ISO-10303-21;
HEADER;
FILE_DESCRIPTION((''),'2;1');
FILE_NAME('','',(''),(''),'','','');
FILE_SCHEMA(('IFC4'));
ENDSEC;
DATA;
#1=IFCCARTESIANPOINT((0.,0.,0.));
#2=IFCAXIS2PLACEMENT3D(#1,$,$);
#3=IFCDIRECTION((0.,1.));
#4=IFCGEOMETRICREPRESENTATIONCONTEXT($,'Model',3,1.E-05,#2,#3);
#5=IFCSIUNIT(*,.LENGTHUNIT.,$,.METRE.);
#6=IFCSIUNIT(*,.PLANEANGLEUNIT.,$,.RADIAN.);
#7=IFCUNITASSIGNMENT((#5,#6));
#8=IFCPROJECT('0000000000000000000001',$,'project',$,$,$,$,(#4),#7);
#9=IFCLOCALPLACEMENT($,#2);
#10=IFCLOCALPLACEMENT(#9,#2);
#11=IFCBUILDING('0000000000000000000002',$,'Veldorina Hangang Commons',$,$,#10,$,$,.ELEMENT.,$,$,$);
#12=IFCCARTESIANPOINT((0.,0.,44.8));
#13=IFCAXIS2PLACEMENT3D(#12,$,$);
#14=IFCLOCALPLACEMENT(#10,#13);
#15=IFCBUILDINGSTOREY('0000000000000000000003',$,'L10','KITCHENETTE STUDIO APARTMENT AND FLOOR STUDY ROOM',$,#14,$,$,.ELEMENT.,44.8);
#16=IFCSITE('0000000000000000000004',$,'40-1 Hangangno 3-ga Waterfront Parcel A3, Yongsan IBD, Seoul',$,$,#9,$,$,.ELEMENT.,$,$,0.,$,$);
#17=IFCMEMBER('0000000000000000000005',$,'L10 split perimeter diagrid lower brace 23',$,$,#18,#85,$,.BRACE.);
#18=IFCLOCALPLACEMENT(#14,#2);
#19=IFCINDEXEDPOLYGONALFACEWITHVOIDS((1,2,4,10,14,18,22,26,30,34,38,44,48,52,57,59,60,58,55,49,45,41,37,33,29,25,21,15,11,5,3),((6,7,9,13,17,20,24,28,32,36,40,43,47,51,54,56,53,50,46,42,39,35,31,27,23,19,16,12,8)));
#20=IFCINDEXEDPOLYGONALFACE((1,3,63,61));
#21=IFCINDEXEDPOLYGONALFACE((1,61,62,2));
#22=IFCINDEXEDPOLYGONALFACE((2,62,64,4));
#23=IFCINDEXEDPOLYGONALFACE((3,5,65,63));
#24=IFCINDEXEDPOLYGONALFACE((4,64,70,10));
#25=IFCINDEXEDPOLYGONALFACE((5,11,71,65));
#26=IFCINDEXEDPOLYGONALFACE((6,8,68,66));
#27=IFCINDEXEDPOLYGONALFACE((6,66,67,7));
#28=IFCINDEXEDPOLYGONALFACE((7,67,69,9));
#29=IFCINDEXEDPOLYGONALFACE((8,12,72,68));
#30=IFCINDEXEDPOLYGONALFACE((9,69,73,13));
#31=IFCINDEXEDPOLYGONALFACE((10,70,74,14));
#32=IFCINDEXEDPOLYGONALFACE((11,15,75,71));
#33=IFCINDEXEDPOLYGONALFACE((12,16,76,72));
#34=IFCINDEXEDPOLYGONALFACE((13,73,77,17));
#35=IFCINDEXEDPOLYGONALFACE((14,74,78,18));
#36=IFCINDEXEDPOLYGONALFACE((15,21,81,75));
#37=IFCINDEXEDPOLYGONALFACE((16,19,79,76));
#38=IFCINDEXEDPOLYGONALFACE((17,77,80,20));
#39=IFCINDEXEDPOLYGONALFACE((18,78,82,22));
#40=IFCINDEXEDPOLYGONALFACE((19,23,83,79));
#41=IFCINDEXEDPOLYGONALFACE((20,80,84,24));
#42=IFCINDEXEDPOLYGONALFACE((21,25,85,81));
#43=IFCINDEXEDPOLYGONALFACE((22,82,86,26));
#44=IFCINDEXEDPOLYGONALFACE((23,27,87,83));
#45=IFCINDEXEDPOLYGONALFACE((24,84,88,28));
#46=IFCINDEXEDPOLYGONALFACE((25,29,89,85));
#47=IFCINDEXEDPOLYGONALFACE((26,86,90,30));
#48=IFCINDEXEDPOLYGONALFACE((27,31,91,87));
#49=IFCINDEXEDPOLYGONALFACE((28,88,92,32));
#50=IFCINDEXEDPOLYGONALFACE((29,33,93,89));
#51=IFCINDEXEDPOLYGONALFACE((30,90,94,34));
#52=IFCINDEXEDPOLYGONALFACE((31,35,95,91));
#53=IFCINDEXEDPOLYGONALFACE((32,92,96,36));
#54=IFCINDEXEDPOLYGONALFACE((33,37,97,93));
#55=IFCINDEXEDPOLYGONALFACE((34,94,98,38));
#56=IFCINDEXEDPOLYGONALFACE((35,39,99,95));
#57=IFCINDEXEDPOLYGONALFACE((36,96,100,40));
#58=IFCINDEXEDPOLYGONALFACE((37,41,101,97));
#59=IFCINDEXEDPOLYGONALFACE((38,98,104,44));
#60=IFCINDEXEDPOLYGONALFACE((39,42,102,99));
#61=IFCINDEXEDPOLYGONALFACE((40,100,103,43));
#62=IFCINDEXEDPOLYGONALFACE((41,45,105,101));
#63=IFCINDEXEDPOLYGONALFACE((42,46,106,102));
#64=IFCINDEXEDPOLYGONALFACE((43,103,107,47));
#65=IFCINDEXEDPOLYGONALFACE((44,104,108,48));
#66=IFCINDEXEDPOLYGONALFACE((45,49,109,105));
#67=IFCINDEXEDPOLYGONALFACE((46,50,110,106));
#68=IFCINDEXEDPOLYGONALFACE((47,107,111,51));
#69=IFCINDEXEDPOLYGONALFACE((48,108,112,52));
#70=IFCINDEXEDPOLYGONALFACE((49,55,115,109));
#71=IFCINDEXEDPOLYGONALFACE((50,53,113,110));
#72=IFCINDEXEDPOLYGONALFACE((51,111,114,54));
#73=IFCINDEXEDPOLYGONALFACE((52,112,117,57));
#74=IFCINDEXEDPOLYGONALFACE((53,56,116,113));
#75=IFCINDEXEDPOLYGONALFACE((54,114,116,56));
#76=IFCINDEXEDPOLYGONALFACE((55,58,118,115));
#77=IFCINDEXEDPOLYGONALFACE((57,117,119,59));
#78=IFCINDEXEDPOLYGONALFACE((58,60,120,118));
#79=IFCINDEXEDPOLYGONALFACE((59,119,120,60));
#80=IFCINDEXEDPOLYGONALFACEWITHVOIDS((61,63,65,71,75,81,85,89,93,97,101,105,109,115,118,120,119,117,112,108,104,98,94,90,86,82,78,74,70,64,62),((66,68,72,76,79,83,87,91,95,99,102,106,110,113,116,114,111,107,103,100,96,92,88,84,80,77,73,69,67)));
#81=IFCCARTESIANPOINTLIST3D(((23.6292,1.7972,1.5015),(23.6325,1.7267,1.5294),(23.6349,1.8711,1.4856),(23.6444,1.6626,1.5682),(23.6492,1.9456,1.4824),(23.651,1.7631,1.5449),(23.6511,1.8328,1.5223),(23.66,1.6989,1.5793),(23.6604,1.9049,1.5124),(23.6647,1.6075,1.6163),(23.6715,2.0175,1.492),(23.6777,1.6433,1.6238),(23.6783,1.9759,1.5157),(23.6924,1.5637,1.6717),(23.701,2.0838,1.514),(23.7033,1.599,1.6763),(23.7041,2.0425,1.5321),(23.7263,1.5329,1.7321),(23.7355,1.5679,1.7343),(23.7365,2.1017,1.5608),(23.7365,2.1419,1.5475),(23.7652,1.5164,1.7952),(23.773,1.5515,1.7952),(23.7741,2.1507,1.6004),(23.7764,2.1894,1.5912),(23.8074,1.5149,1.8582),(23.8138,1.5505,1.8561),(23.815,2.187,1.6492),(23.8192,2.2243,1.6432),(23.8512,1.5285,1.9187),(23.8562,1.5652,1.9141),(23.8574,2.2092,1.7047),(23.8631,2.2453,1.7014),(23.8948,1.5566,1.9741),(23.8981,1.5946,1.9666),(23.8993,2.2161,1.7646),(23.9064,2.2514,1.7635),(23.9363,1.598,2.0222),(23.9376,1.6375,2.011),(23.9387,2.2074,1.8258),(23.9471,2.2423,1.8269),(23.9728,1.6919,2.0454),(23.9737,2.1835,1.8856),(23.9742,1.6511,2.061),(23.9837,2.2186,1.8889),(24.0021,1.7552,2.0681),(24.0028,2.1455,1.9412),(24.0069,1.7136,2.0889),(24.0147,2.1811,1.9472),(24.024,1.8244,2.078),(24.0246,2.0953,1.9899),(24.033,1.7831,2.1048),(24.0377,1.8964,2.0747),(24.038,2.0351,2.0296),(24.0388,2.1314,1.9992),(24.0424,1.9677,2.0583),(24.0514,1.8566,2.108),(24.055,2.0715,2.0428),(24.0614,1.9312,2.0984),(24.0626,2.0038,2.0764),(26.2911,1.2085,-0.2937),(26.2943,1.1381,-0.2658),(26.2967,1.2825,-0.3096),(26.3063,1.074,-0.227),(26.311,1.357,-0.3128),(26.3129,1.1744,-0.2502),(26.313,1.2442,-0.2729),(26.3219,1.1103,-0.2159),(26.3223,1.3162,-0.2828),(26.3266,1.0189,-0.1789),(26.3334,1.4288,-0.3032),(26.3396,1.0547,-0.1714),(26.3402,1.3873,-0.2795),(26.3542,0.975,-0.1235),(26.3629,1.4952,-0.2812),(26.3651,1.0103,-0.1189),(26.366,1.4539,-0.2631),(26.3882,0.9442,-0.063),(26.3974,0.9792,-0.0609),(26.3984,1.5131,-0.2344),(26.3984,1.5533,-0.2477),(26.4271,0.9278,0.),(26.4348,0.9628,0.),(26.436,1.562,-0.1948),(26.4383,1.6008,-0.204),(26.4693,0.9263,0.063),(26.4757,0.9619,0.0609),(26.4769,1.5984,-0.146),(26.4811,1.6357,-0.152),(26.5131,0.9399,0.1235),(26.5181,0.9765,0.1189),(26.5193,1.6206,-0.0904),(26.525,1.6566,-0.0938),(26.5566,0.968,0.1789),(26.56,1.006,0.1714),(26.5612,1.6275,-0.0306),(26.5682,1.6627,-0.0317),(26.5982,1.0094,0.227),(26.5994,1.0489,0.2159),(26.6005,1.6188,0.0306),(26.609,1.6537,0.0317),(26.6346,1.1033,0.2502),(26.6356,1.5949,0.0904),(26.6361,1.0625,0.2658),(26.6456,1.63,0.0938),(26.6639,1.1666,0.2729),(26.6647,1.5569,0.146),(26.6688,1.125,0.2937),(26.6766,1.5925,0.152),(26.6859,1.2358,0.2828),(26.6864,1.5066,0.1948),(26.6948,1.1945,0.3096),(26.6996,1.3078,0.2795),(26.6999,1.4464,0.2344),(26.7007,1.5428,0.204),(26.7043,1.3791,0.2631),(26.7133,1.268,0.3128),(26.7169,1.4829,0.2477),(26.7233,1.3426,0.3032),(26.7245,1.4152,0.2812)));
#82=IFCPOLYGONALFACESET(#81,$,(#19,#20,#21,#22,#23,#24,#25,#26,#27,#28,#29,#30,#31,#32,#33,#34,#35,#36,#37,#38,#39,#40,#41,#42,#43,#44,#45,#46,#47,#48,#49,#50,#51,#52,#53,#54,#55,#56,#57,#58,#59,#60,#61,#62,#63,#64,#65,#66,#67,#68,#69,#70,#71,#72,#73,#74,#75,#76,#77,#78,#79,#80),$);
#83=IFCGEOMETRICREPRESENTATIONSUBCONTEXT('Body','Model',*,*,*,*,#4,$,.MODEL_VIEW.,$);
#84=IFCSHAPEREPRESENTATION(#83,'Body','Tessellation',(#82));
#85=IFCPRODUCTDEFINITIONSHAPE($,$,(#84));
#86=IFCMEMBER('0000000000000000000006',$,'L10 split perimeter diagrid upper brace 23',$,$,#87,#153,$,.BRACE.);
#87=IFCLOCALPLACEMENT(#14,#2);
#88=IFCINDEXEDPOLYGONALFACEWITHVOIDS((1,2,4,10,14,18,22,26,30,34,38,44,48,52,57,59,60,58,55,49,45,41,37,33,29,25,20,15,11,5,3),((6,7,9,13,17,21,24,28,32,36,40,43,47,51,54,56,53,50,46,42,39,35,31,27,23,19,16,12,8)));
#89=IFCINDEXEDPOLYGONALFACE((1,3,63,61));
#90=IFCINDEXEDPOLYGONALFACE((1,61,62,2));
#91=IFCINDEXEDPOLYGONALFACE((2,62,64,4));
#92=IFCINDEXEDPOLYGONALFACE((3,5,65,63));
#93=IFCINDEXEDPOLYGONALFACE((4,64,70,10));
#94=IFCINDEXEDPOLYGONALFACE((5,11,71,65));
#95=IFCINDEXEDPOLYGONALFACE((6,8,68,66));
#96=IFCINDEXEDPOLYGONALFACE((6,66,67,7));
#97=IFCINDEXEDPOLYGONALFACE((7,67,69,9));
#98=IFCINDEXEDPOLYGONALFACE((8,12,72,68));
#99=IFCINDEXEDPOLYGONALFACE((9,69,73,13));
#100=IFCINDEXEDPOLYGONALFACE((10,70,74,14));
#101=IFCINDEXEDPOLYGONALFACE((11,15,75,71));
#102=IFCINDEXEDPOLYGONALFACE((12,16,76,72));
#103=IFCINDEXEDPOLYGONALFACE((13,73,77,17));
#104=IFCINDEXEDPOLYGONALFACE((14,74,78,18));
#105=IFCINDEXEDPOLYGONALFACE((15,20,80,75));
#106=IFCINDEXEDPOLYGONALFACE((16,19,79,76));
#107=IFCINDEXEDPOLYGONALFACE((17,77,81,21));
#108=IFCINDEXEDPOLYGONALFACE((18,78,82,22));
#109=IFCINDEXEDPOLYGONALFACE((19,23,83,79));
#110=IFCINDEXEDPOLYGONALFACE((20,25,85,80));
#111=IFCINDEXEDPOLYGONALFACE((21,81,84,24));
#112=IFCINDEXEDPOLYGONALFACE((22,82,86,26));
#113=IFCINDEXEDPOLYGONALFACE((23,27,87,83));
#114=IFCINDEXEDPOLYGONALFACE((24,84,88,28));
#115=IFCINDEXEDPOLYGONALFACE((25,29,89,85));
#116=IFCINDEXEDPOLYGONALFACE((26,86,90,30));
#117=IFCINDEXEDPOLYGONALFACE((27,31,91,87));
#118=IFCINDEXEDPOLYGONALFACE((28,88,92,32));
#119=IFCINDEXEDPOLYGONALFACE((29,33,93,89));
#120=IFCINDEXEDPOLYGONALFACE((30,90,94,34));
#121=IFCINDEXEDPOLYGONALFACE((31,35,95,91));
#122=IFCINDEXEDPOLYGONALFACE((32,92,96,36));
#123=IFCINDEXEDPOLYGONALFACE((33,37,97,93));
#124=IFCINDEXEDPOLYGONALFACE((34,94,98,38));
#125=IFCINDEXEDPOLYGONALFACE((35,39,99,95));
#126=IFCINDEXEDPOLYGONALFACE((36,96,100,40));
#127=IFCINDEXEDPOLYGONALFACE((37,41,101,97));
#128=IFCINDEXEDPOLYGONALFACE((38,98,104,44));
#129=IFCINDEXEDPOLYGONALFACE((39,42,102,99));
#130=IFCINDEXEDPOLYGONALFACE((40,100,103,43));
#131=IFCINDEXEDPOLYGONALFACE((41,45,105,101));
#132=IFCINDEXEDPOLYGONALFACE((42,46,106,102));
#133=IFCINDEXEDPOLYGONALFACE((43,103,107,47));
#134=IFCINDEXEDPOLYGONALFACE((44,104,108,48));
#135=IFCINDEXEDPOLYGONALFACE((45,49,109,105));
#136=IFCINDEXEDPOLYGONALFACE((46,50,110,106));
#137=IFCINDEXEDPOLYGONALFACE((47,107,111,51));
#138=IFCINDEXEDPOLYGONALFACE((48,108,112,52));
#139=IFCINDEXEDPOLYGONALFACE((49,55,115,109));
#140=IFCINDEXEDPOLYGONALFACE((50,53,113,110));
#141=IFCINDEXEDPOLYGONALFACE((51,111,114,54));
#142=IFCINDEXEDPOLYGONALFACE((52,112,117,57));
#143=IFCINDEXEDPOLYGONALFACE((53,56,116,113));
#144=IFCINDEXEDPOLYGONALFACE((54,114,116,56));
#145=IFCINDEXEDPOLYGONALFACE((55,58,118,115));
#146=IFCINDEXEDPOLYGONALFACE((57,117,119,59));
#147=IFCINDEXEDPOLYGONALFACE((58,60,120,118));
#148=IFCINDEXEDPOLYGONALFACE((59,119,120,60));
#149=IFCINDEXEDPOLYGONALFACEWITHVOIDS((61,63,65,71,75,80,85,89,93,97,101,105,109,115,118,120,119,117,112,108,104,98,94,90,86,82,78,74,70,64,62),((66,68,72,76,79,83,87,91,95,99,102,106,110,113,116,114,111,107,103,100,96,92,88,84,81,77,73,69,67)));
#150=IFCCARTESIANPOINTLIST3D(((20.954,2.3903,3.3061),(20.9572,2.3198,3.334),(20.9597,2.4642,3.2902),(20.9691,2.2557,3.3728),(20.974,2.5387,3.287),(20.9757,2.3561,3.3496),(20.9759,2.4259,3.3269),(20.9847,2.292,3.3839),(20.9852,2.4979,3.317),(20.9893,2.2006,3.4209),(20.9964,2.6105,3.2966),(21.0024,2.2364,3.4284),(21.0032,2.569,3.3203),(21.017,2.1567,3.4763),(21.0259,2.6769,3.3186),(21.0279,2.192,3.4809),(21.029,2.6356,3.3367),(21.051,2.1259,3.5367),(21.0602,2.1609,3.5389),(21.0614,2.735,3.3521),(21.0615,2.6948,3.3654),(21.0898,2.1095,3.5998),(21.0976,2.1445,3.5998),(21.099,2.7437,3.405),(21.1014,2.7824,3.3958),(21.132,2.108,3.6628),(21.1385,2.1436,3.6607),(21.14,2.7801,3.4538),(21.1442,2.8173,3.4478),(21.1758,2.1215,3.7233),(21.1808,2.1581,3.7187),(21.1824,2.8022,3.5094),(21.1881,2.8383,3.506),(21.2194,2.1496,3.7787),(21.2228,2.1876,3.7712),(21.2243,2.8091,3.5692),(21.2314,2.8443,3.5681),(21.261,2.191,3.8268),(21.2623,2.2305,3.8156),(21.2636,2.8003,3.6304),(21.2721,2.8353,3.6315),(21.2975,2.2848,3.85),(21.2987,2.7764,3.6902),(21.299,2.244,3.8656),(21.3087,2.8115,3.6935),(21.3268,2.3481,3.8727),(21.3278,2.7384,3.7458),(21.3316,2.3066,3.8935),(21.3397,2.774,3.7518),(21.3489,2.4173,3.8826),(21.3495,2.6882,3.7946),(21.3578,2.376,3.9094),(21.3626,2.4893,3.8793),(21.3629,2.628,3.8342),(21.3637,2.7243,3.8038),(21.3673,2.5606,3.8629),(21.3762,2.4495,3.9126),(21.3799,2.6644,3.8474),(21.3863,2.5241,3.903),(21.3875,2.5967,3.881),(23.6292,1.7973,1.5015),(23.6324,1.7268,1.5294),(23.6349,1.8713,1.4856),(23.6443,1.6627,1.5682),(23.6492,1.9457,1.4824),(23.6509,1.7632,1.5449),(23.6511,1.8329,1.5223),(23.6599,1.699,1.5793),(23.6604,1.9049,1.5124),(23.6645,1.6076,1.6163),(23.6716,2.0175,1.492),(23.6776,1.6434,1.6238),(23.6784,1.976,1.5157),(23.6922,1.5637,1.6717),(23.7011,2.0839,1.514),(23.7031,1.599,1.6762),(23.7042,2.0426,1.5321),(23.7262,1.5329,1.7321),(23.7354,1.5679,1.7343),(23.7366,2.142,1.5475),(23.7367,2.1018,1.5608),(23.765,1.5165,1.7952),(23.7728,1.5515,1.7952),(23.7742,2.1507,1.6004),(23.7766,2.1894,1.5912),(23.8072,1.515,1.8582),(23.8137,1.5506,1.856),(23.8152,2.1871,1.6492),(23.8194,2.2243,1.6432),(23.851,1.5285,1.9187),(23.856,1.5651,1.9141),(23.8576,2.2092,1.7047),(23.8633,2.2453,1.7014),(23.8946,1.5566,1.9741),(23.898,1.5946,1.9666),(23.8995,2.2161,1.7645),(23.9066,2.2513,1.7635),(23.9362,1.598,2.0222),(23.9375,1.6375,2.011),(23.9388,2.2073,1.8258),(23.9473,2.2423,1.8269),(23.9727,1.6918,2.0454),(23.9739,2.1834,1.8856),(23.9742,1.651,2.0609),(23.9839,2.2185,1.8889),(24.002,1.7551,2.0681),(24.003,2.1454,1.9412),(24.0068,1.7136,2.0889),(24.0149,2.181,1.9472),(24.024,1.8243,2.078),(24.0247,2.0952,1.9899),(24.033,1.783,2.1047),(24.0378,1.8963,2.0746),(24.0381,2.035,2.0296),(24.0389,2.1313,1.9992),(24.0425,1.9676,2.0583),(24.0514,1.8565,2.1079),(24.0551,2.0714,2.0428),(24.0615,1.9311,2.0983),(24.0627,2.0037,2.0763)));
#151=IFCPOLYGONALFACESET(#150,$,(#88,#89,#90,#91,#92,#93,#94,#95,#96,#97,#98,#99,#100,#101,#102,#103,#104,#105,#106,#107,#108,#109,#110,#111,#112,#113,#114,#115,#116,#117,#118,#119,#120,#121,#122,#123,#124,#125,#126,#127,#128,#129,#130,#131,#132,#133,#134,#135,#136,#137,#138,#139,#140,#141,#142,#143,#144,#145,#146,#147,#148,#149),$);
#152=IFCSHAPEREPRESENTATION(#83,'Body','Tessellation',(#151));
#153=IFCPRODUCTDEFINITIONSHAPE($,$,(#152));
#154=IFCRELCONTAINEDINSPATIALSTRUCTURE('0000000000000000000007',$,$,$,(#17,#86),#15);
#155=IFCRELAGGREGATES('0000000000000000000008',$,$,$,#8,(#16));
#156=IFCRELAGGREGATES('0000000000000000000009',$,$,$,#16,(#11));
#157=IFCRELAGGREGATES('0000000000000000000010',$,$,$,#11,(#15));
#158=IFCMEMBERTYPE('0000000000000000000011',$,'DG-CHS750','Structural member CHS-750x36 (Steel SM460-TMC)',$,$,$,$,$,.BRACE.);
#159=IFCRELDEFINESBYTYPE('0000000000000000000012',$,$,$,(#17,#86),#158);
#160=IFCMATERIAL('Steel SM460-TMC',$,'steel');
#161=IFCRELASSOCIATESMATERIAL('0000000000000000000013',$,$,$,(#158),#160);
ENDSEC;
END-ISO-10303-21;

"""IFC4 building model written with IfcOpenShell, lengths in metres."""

from ifc_helpers import new_model, si_unit, direction, frame, origin, origin_2d, place, context, subcontext, project, spatial, hollow_circle, extrude, material, material_profile, profile_set, type_object, element, save


model = new_model("IFC4")

# Units and contexts
model_context = context("Model", 3, precision=1e-05, world=origin(), true_north=direction((0.0, 1.0)))
body_context = subcontext(model_context, "Body", "Model", "MODEL_VIEW")
ifc_project = project(units=[si_unit("LENGTHUNIT", "METRE"), si_unit("PLANEANGLEUNIT", "RADIAN")], contexts=[model_context])

# Site, building, storey
site_placement = place(None, origin())
site = spatial("IfcSite", under=ifc_project, at=site_placement, Name="40-1 Hangangno 3-ga Waterfront Parcel A3, Yongsan IBD, Seoul", CompositionType="ELEMENT", RefElevation=0.0)
building_placement = place(site_placement, origin())
building = spatial("IfcBuilding", under=site, at=building_placement, Name="Veldorina Hangang Commons", CompositionType="ELEMENT")
storey_placement = place(building_placement, frame((0.0, 0.0, 44.8)))
storey = spatial("IfcBuildingStorey", under=building, at=storey_placement, Name="L10", Description="KITCHENETTE STUDIO APARTMENT AND FLOOR STUDY ROOM", CompositionType="ELEMENT", Elevation=44.8)

# Shared definitions
ifc_material_1 = material(Name="Steel SM460-TMC", Category="steel")

# Members
ifc_material_profile_1 = material_profile(ifc_material_1, hollow_circle(Radius=0.375, WallThickness=0.0359, at=origin_2d()), Name="CHS-750x36")
ifc_profile_set_1 = profile_set([ifc_material_profile_1], Name="Steel SM460-TMC")
member_type_1 = type_object("IfcMemberType", Name="DG-CHS750", Description="Structural member CHS-750x36 (Steel SM460-TMC)", PredefinedType="BRACE", material=ifc_profile_set_1)
member_1_placement = place(storey_placement, frame((26.5081, 1.2939, 0.0), z_axis=(-0.815487, 0.18033, 0.549966), x_axis=(-0.215916, -0.976412, 0.0)))
element("IfcMember", 1, at=member_1_placement, inside=storey, type_object=member_type_1, Name="L10 split perimeter diagrid lower brace 23", PredefinedType="BRACE", context=body_context, shape_type="SweptSolid", body=[
    extrude(hollow_circle(Radius=0.375, WallThickness=0.0359, at=origin_2d()), origin(), (0.0, 0.0, 1.0), 3.2642),
])
member_2_placement = place(storey_placement, frame((23.8462, 1.8826, 1.7952), z_axis=(-0.815359, 0.180736, 0.550022), x_axis=(-0.216412, -0.976302, 0.0)))
element("IfcMember", 2, at=member_2_placement, inside=storey, type_object=member_type_1, Name="L10 split perimeter diagrid upper brace 23", PredefinedType="BRACE", context=body_context, shape_type="SweptSolid", body=[
    extrude(hollow_circle(Radius=0.375, WallThickness=0.0359, at=origin_2d()), origin(), (0.0, 0.0, 1.0), 3.281),
])

save(model, "model.ifc")
